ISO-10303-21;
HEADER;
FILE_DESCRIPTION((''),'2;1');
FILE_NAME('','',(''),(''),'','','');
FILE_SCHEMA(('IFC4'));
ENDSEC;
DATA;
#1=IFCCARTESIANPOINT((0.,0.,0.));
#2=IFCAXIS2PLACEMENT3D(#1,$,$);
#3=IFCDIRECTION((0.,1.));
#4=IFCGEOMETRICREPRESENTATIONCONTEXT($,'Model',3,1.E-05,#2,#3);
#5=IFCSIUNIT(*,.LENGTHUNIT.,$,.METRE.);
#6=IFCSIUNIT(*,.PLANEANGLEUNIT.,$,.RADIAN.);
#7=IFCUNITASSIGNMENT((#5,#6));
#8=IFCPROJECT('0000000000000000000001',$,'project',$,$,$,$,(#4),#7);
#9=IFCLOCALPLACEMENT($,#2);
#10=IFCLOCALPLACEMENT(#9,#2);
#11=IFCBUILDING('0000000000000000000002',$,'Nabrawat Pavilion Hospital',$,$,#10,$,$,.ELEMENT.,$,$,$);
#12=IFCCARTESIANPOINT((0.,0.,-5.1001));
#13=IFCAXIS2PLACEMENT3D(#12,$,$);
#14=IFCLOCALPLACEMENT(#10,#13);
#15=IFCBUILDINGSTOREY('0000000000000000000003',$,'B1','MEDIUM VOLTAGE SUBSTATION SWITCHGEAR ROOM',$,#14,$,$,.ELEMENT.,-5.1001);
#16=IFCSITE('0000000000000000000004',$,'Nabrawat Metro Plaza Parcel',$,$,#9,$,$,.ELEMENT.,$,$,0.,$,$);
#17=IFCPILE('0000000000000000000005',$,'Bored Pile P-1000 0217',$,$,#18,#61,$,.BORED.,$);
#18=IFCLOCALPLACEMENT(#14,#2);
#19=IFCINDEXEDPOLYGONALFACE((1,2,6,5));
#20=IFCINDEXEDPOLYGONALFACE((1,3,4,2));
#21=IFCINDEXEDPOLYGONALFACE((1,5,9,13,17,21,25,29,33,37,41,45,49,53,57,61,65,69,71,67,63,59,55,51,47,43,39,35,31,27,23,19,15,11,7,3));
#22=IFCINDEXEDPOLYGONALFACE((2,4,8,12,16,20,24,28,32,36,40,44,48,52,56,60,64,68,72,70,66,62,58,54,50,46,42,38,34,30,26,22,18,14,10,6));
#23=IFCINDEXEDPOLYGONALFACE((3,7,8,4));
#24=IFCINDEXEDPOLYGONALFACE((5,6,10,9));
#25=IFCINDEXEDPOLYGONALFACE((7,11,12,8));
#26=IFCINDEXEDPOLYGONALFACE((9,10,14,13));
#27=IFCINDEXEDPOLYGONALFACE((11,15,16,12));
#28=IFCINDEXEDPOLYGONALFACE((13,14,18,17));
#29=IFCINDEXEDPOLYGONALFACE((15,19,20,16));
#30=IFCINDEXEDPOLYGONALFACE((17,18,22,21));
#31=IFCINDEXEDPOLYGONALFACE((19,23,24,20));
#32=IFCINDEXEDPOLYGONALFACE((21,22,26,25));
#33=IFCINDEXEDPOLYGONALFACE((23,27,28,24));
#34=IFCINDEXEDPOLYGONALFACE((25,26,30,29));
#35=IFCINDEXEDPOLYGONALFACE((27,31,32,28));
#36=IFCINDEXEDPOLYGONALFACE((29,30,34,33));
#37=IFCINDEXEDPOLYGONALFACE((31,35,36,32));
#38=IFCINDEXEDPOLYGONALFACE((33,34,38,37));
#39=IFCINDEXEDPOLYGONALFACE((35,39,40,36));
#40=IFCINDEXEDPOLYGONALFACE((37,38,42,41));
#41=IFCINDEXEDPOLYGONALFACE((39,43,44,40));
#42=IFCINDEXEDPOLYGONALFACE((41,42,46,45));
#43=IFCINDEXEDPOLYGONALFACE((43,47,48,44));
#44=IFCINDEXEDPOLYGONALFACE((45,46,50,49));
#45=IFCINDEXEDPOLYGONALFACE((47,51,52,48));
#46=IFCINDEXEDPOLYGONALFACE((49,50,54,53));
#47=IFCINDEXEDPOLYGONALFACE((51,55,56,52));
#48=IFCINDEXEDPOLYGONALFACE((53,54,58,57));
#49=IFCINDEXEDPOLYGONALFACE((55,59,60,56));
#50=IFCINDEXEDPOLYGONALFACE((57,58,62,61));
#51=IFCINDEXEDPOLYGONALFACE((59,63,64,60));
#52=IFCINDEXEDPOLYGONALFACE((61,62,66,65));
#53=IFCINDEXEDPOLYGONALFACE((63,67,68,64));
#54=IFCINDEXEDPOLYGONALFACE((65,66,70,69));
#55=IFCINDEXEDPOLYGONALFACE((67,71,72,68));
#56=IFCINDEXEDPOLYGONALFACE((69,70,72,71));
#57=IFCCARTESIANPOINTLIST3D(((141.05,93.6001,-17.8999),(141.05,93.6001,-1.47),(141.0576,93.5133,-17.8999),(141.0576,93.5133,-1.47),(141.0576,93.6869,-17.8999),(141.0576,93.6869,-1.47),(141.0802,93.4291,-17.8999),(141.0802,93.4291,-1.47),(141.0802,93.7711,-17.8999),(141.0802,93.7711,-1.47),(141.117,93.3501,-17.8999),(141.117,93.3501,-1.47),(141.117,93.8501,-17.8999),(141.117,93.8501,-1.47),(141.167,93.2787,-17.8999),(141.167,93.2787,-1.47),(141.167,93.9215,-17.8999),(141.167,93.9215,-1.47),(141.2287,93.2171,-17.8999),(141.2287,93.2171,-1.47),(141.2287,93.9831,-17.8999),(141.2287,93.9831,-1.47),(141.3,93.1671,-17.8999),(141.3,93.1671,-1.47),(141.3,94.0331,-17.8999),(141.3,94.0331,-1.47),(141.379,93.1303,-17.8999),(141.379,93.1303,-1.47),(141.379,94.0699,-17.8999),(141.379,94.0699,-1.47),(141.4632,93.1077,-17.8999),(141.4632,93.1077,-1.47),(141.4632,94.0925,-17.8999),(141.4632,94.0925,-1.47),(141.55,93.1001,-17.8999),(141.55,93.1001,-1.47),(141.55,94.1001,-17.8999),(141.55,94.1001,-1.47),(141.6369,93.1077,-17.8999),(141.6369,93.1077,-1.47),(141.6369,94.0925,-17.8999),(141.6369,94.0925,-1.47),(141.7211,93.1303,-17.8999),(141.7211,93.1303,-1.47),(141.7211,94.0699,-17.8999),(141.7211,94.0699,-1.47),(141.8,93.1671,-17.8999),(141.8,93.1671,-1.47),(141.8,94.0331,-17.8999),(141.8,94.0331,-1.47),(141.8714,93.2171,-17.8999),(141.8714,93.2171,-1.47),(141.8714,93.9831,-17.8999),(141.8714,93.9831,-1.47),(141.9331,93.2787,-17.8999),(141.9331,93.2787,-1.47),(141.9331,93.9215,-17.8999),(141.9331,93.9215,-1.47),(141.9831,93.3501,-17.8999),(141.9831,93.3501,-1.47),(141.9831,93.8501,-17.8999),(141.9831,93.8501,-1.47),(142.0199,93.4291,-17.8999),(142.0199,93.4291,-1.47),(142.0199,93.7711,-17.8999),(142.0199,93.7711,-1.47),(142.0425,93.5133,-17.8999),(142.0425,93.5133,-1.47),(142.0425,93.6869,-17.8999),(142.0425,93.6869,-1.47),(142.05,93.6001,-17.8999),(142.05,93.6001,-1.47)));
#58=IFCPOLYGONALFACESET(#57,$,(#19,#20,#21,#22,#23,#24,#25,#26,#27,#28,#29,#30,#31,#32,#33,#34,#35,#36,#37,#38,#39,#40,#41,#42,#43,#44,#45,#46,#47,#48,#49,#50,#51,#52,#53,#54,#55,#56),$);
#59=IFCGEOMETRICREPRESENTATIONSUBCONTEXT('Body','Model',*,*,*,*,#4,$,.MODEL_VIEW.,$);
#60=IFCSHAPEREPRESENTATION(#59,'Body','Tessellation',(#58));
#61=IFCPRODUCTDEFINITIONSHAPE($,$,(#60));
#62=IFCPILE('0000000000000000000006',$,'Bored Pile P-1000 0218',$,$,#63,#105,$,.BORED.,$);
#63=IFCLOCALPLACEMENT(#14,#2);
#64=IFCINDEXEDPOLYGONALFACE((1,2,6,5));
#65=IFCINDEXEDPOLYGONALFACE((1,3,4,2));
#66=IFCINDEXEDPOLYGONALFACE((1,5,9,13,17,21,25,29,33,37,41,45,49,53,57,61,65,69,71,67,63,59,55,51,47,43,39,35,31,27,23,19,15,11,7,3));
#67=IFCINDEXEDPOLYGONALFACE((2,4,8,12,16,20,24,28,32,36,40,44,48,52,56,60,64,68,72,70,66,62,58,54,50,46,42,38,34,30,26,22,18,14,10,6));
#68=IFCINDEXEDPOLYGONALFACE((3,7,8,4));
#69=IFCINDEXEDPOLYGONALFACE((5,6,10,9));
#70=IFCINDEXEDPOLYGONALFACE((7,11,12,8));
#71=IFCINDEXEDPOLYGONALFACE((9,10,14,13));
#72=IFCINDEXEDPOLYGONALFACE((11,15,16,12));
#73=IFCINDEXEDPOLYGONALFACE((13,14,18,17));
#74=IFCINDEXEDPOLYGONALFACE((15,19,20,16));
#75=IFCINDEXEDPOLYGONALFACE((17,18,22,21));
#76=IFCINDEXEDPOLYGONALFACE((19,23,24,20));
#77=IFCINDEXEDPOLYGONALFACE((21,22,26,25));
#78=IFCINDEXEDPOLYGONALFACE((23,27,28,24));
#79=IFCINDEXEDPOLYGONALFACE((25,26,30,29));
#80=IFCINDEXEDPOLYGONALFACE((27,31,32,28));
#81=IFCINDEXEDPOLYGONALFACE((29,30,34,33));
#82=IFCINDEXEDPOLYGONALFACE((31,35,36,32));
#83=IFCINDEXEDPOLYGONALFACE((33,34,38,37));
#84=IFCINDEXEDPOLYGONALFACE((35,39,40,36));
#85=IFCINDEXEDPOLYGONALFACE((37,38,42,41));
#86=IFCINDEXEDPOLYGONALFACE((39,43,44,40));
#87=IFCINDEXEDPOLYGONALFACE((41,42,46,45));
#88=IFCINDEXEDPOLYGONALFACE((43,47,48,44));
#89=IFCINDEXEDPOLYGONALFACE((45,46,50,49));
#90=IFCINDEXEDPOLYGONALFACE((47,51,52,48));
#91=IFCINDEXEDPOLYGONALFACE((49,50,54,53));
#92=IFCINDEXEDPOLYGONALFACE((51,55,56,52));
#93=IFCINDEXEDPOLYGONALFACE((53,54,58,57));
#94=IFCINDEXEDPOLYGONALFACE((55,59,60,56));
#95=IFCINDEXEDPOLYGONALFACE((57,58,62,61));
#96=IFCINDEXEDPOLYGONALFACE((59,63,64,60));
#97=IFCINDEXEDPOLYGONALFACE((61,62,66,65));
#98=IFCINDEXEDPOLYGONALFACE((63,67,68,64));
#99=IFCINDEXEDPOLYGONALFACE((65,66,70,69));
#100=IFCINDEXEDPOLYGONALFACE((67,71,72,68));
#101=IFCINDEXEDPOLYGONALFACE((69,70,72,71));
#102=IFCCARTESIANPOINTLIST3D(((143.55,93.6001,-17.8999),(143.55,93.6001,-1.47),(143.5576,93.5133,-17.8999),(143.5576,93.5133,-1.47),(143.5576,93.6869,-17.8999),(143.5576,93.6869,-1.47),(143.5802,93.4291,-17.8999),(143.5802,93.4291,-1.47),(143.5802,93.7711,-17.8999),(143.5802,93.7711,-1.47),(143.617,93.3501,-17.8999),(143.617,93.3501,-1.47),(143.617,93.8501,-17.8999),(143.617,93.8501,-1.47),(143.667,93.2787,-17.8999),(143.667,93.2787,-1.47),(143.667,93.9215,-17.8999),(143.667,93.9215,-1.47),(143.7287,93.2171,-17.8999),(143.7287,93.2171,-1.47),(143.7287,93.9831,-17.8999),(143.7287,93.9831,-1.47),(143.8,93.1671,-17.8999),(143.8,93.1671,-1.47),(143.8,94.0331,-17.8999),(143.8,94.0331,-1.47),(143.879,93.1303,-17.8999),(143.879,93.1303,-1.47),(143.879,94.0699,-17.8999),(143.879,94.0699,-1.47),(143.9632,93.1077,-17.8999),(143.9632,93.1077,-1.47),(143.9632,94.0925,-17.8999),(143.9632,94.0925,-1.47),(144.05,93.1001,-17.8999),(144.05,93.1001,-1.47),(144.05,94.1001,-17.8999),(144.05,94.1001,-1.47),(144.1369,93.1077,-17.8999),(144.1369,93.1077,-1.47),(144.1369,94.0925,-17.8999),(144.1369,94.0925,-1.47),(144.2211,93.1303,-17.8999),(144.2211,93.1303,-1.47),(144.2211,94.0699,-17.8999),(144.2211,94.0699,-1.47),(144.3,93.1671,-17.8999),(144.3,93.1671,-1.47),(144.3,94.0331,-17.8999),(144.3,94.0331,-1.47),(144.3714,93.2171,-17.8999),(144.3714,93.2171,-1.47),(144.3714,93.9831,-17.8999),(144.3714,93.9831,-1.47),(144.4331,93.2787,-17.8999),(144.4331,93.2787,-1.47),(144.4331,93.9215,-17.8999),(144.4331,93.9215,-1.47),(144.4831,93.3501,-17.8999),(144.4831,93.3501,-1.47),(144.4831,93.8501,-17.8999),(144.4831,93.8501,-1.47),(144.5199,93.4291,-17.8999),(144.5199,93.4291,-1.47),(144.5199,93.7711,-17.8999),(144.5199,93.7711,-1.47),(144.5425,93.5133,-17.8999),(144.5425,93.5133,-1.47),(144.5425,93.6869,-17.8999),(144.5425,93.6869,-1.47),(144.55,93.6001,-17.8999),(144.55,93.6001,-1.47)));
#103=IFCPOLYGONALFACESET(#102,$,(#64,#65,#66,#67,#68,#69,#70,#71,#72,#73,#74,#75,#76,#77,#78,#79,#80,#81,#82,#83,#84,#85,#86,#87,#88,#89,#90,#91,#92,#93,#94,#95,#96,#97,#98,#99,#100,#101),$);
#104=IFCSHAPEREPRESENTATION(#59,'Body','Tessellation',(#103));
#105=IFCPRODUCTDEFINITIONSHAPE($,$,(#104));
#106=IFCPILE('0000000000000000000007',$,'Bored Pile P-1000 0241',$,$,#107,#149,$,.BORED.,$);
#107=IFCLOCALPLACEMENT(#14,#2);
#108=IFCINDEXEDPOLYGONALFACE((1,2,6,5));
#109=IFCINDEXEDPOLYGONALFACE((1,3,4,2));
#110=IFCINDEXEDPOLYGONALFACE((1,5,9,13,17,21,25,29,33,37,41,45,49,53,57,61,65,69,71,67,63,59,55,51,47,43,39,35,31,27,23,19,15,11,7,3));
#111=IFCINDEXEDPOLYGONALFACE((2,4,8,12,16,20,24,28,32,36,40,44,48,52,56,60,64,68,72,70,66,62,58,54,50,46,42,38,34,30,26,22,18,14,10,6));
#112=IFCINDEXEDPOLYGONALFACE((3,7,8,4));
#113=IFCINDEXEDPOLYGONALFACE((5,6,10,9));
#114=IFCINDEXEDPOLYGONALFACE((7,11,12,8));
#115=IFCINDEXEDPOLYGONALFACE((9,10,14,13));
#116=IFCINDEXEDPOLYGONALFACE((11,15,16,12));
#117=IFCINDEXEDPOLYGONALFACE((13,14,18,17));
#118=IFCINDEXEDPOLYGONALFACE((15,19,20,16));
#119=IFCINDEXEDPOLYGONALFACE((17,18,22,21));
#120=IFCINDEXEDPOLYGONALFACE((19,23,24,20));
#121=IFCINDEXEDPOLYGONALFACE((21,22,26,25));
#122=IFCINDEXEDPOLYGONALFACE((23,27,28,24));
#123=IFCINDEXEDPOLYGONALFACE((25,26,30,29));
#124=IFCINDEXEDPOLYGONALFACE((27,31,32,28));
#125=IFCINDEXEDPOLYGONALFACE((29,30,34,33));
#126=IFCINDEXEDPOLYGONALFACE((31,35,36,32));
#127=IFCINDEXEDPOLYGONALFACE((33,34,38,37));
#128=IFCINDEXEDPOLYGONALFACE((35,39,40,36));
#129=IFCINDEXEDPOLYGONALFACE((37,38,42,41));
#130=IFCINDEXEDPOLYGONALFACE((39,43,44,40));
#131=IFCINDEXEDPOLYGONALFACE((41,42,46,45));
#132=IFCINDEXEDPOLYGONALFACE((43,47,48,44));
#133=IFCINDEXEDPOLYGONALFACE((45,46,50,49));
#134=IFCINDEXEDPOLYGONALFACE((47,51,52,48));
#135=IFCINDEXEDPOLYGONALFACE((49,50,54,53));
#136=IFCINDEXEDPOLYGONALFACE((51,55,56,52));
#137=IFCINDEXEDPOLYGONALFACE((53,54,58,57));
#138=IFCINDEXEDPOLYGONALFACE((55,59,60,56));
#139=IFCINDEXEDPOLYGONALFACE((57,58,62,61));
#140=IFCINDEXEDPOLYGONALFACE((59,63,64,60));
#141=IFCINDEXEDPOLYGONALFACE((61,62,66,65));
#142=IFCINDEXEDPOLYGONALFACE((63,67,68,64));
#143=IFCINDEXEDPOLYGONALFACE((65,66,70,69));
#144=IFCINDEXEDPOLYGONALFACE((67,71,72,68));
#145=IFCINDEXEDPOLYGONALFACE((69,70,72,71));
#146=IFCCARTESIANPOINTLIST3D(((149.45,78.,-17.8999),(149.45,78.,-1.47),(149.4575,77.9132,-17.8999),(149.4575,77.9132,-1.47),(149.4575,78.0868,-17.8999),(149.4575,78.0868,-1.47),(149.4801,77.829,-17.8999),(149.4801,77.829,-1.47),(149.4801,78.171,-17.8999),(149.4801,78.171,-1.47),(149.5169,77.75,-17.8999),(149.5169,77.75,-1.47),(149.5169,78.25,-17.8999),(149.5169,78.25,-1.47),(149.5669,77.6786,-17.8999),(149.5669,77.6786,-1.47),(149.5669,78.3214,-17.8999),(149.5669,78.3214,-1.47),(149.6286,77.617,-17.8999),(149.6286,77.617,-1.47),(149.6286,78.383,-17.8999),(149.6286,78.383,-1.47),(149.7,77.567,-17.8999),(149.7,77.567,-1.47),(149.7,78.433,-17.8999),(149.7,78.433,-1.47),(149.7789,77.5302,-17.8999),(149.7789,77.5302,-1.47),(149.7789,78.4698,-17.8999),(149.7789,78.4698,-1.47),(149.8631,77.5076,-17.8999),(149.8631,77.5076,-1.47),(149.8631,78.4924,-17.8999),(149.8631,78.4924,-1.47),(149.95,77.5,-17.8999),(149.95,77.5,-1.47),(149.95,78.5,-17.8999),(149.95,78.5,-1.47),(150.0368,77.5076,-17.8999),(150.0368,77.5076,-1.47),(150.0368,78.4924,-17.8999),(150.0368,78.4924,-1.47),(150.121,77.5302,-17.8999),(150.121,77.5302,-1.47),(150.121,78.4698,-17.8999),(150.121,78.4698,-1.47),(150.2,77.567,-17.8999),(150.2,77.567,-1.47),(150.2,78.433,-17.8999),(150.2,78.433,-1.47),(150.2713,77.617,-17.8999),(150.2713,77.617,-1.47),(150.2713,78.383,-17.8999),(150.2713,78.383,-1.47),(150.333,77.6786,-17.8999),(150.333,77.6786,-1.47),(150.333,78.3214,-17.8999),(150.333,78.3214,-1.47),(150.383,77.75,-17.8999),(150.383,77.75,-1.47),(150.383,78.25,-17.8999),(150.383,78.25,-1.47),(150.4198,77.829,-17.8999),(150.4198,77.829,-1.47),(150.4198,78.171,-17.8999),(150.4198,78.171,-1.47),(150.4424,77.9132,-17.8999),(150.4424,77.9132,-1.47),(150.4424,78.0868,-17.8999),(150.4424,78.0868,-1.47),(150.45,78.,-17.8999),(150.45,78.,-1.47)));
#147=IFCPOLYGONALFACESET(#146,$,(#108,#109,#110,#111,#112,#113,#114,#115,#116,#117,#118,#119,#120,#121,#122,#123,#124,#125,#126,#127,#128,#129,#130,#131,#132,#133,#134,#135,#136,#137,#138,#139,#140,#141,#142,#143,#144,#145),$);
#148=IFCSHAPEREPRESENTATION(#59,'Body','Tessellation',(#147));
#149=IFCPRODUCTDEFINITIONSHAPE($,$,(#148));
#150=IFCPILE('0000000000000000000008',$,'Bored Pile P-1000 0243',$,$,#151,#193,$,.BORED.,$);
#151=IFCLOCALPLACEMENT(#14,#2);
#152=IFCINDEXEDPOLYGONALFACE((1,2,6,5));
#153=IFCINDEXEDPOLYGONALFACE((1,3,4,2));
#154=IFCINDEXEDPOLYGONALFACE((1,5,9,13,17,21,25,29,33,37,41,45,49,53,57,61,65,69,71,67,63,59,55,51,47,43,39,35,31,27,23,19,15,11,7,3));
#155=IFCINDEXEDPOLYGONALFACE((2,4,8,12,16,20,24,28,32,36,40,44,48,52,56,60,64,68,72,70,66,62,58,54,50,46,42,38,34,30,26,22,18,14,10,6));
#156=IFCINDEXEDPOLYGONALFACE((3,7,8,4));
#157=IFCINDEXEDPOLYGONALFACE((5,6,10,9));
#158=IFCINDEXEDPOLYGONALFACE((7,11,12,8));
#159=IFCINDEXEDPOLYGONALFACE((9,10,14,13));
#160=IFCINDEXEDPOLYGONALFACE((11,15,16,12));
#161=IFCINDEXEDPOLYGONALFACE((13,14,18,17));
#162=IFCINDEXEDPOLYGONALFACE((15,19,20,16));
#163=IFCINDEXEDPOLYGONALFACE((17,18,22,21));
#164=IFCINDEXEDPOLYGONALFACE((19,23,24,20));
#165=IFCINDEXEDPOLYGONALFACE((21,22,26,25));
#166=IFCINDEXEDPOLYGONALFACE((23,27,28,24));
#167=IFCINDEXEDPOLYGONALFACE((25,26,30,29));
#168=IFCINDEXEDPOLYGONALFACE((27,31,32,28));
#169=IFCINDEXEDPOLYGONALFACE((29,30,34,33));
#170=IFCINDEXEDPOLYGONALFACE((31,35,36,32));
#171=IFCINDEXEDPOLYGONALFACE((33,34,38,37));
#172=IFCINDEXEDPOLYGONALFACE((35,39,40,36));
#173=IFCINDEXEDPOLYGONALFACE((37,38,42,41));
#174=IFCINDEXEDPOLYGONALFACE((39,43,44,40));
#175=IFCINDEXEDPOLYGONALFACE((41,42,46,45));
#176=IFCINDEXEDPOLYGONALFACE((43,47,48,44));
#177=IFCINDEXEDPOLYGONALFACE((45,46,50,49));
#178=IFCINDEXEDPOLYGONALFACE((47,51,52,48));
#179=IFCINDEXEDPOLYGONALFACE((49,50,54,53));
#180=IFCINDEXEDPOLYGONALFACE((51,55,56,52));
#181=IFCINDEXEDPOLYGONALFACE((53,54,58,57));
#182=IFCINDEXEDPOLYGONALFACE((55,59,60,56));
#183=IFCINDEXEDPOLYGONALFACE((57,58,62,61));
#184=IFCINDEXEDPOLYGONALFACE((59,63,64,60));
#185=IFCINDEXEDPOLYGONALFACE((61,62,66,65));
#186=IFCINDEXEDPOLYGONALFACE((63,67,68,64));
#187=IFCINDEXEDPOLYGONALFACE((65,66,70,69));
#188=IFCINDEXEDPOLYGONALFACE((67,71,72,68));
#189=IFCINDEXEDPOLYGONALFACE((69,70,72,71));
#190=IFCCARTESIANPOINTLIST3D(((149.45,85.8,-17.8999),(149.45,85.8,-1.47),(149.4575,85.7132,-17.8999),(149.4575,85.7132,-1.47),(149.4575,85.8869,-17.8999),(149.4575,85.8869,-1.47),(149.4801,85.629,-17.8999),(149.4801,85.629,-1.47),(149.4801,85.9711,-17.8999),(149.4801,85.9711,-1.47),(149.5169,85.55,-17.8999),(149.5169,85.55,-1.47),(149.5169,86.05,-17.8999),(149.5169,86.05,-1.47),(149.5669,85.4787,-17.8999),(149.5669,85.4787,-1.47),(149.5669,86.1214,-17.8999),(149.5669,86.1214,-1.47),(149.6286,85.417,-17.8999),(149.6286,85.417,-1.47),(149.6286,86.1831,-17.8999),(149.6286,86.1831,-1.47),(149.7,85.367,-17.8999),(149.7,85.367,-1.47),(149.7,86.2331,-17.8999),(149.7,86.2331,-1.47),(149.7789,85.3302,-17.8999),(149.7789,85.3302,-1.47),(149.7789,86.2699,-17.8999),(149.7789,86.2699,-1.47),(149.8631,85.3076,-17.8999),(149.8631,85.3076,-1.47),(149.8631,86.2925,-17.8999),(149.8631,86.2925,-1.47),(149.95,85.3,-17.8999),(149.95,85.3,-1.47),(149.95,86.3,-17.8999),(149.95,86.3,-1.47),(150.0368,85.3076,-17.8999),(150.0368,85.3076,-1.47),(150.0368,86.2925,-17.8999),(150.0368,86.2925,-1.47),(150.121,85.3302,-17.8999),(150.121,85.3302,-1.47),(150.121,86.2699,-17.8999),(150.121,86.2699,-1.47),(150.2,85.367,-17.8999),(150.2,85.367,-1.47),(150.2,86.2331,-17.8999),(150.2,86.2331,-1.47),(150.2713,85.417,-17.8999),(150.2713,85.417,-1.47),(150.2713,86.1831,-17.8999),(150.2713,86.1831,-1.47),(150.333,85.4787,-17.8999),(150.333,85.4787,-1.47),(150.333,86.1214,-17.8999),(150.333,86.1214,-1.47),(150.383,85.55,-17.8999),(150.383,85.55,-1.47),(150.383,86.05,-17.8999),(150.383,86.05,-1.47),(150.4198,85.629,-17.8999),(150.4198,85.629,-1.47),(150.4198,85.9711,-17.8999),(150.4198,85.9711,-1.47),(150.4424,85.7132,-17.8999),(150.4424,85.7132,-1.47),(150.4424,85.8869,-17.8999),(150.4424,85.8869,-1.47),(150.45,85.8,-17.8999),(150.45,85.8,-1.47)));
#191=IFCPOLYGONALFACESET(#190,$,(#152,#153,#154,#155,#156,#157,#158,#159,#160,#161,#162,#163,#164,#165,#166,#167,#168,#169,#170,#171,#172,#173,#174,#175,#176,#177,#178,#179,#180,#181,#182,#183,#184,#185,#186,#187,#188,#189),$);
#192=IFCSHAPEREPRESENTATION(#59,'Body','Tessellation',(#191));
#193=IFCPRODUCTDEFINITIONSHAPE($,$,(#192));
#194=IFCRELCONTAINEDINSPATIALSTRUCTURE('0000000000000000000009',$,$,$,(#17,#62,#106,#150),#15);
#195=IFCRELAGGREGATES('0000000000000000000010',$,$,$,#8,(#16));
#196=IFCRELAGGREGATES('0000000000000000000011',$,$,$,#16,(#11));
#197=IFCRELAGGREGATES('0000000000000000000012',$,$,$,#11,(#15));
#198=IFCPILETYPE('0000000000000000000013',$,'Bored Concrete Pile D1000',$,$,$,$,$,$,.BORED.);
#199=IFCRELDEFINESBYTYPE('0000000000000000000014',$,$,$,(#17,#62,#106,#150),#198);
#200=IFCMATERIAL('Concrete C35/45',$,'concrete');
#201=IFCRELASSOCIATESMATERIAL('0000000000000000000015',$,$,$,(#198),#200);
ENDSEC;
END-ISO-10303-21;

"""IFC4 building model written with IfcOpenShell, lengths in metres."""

from ifc_helpers import new_model, si_unit, direction, frame, origin, origin_2d, place, context, subcontext, project, spatial, circle, extrude, material, material_profile, profile_set, type_object, element, save


model = new_model("IFC4")

# Units and contexts
model_context = context("Model", 3, precision=1e-05, world=origin(), true_north=direction((0.0, 1.0)))
body_context = subcontext(model_context, "Body", "Model", "MODEL_VIEW")
ifc_project = project(units=[si_unit("LENGTHUNIT", "METRE"), si_unit("PLANEANGLEUNIT", "RADIAN")], contexts=[model_context])

# Site, building, storey
site_placement = place(None, origin())
site = spatial("IfcSite", under=ifc_project, at=site_placement, Name="Nabrawat Metro Plaza Parcel", CompositionType="ELEMENT", RefElevation=0.0)
building_placement = place(site_placement, origin())
building = spatial("IfcBuilding", under=site, at=building_placement, Name="Nabrawat Pavilion Hospital", CompositionType="ELEMENT")
storey_placement = place(building_placement, frame((0.0, 0.0, -5.1001)))
storey = spatial("IfcBuildingStorey", under=building, at=storey_placement, Name="B1", Description="MEDIUM VOLTAGE SUBSTATION SWITCHGEAR ROOM", CompositionType="ELEMENT", Elevation=-5.1001)

# Piles
ifc_material_1 = material(Name="Concrete C35/45", Category="concrete")
ifc_material_profile_1 = material_profile(ifc_material_1, circle(Radius=0.5, at=origin_2d()), Name="DIA 1000")
ifc_profile_set_1 = profile_set([ifc_material_profile_1], Name="Concrete C35/45")
pile_type_1 = type_object("IfcPileType", Name="Bored Concrete Pile D1000", PredefinedType="BORED", material=ifc_profile_set_1)
for number, where, z_axis, x_axis, name in (
    (1, (141.55, 93.6001, -1.47), (0.0, 0.0, -1.0), (1.0, 0.0, 0.0), "Bored Pile P-1000 0217"),
    (2, (144.05, 93.6001, -1.47), (0.0, 0.0, -1.0), (1.0, 0.0, 0.0), "Bored Pile P-1000 0218"),
    (3, (149.95, 78.0, -1.47), (0.0, 0.0, -1.0), (1.0, 0.0, 0.0), "Bored Pile P-1000 0241"),
    (4, (149.95, 85.8, -1.47), (0.0, 0.0, -1.0), (1.0, 0.0, 0.0), "Bored Pile P-1000 0243"),
):
    element("IfcPile", number, at=place(storey_placement, frame(where, z_axis=z_axis, x_axis=x_axis)), inside=storey, type_object=pile_type_1, Name=name, PredefinedType="BORED", context=body_context, shape_type="SweptSolid", body=[
        extrude(circle(Radius=0.5, at=origin_2d()), origin(), (0.0, 0.0, 1.0), 16.4299),
    ])

save(model, "model.ifc")
